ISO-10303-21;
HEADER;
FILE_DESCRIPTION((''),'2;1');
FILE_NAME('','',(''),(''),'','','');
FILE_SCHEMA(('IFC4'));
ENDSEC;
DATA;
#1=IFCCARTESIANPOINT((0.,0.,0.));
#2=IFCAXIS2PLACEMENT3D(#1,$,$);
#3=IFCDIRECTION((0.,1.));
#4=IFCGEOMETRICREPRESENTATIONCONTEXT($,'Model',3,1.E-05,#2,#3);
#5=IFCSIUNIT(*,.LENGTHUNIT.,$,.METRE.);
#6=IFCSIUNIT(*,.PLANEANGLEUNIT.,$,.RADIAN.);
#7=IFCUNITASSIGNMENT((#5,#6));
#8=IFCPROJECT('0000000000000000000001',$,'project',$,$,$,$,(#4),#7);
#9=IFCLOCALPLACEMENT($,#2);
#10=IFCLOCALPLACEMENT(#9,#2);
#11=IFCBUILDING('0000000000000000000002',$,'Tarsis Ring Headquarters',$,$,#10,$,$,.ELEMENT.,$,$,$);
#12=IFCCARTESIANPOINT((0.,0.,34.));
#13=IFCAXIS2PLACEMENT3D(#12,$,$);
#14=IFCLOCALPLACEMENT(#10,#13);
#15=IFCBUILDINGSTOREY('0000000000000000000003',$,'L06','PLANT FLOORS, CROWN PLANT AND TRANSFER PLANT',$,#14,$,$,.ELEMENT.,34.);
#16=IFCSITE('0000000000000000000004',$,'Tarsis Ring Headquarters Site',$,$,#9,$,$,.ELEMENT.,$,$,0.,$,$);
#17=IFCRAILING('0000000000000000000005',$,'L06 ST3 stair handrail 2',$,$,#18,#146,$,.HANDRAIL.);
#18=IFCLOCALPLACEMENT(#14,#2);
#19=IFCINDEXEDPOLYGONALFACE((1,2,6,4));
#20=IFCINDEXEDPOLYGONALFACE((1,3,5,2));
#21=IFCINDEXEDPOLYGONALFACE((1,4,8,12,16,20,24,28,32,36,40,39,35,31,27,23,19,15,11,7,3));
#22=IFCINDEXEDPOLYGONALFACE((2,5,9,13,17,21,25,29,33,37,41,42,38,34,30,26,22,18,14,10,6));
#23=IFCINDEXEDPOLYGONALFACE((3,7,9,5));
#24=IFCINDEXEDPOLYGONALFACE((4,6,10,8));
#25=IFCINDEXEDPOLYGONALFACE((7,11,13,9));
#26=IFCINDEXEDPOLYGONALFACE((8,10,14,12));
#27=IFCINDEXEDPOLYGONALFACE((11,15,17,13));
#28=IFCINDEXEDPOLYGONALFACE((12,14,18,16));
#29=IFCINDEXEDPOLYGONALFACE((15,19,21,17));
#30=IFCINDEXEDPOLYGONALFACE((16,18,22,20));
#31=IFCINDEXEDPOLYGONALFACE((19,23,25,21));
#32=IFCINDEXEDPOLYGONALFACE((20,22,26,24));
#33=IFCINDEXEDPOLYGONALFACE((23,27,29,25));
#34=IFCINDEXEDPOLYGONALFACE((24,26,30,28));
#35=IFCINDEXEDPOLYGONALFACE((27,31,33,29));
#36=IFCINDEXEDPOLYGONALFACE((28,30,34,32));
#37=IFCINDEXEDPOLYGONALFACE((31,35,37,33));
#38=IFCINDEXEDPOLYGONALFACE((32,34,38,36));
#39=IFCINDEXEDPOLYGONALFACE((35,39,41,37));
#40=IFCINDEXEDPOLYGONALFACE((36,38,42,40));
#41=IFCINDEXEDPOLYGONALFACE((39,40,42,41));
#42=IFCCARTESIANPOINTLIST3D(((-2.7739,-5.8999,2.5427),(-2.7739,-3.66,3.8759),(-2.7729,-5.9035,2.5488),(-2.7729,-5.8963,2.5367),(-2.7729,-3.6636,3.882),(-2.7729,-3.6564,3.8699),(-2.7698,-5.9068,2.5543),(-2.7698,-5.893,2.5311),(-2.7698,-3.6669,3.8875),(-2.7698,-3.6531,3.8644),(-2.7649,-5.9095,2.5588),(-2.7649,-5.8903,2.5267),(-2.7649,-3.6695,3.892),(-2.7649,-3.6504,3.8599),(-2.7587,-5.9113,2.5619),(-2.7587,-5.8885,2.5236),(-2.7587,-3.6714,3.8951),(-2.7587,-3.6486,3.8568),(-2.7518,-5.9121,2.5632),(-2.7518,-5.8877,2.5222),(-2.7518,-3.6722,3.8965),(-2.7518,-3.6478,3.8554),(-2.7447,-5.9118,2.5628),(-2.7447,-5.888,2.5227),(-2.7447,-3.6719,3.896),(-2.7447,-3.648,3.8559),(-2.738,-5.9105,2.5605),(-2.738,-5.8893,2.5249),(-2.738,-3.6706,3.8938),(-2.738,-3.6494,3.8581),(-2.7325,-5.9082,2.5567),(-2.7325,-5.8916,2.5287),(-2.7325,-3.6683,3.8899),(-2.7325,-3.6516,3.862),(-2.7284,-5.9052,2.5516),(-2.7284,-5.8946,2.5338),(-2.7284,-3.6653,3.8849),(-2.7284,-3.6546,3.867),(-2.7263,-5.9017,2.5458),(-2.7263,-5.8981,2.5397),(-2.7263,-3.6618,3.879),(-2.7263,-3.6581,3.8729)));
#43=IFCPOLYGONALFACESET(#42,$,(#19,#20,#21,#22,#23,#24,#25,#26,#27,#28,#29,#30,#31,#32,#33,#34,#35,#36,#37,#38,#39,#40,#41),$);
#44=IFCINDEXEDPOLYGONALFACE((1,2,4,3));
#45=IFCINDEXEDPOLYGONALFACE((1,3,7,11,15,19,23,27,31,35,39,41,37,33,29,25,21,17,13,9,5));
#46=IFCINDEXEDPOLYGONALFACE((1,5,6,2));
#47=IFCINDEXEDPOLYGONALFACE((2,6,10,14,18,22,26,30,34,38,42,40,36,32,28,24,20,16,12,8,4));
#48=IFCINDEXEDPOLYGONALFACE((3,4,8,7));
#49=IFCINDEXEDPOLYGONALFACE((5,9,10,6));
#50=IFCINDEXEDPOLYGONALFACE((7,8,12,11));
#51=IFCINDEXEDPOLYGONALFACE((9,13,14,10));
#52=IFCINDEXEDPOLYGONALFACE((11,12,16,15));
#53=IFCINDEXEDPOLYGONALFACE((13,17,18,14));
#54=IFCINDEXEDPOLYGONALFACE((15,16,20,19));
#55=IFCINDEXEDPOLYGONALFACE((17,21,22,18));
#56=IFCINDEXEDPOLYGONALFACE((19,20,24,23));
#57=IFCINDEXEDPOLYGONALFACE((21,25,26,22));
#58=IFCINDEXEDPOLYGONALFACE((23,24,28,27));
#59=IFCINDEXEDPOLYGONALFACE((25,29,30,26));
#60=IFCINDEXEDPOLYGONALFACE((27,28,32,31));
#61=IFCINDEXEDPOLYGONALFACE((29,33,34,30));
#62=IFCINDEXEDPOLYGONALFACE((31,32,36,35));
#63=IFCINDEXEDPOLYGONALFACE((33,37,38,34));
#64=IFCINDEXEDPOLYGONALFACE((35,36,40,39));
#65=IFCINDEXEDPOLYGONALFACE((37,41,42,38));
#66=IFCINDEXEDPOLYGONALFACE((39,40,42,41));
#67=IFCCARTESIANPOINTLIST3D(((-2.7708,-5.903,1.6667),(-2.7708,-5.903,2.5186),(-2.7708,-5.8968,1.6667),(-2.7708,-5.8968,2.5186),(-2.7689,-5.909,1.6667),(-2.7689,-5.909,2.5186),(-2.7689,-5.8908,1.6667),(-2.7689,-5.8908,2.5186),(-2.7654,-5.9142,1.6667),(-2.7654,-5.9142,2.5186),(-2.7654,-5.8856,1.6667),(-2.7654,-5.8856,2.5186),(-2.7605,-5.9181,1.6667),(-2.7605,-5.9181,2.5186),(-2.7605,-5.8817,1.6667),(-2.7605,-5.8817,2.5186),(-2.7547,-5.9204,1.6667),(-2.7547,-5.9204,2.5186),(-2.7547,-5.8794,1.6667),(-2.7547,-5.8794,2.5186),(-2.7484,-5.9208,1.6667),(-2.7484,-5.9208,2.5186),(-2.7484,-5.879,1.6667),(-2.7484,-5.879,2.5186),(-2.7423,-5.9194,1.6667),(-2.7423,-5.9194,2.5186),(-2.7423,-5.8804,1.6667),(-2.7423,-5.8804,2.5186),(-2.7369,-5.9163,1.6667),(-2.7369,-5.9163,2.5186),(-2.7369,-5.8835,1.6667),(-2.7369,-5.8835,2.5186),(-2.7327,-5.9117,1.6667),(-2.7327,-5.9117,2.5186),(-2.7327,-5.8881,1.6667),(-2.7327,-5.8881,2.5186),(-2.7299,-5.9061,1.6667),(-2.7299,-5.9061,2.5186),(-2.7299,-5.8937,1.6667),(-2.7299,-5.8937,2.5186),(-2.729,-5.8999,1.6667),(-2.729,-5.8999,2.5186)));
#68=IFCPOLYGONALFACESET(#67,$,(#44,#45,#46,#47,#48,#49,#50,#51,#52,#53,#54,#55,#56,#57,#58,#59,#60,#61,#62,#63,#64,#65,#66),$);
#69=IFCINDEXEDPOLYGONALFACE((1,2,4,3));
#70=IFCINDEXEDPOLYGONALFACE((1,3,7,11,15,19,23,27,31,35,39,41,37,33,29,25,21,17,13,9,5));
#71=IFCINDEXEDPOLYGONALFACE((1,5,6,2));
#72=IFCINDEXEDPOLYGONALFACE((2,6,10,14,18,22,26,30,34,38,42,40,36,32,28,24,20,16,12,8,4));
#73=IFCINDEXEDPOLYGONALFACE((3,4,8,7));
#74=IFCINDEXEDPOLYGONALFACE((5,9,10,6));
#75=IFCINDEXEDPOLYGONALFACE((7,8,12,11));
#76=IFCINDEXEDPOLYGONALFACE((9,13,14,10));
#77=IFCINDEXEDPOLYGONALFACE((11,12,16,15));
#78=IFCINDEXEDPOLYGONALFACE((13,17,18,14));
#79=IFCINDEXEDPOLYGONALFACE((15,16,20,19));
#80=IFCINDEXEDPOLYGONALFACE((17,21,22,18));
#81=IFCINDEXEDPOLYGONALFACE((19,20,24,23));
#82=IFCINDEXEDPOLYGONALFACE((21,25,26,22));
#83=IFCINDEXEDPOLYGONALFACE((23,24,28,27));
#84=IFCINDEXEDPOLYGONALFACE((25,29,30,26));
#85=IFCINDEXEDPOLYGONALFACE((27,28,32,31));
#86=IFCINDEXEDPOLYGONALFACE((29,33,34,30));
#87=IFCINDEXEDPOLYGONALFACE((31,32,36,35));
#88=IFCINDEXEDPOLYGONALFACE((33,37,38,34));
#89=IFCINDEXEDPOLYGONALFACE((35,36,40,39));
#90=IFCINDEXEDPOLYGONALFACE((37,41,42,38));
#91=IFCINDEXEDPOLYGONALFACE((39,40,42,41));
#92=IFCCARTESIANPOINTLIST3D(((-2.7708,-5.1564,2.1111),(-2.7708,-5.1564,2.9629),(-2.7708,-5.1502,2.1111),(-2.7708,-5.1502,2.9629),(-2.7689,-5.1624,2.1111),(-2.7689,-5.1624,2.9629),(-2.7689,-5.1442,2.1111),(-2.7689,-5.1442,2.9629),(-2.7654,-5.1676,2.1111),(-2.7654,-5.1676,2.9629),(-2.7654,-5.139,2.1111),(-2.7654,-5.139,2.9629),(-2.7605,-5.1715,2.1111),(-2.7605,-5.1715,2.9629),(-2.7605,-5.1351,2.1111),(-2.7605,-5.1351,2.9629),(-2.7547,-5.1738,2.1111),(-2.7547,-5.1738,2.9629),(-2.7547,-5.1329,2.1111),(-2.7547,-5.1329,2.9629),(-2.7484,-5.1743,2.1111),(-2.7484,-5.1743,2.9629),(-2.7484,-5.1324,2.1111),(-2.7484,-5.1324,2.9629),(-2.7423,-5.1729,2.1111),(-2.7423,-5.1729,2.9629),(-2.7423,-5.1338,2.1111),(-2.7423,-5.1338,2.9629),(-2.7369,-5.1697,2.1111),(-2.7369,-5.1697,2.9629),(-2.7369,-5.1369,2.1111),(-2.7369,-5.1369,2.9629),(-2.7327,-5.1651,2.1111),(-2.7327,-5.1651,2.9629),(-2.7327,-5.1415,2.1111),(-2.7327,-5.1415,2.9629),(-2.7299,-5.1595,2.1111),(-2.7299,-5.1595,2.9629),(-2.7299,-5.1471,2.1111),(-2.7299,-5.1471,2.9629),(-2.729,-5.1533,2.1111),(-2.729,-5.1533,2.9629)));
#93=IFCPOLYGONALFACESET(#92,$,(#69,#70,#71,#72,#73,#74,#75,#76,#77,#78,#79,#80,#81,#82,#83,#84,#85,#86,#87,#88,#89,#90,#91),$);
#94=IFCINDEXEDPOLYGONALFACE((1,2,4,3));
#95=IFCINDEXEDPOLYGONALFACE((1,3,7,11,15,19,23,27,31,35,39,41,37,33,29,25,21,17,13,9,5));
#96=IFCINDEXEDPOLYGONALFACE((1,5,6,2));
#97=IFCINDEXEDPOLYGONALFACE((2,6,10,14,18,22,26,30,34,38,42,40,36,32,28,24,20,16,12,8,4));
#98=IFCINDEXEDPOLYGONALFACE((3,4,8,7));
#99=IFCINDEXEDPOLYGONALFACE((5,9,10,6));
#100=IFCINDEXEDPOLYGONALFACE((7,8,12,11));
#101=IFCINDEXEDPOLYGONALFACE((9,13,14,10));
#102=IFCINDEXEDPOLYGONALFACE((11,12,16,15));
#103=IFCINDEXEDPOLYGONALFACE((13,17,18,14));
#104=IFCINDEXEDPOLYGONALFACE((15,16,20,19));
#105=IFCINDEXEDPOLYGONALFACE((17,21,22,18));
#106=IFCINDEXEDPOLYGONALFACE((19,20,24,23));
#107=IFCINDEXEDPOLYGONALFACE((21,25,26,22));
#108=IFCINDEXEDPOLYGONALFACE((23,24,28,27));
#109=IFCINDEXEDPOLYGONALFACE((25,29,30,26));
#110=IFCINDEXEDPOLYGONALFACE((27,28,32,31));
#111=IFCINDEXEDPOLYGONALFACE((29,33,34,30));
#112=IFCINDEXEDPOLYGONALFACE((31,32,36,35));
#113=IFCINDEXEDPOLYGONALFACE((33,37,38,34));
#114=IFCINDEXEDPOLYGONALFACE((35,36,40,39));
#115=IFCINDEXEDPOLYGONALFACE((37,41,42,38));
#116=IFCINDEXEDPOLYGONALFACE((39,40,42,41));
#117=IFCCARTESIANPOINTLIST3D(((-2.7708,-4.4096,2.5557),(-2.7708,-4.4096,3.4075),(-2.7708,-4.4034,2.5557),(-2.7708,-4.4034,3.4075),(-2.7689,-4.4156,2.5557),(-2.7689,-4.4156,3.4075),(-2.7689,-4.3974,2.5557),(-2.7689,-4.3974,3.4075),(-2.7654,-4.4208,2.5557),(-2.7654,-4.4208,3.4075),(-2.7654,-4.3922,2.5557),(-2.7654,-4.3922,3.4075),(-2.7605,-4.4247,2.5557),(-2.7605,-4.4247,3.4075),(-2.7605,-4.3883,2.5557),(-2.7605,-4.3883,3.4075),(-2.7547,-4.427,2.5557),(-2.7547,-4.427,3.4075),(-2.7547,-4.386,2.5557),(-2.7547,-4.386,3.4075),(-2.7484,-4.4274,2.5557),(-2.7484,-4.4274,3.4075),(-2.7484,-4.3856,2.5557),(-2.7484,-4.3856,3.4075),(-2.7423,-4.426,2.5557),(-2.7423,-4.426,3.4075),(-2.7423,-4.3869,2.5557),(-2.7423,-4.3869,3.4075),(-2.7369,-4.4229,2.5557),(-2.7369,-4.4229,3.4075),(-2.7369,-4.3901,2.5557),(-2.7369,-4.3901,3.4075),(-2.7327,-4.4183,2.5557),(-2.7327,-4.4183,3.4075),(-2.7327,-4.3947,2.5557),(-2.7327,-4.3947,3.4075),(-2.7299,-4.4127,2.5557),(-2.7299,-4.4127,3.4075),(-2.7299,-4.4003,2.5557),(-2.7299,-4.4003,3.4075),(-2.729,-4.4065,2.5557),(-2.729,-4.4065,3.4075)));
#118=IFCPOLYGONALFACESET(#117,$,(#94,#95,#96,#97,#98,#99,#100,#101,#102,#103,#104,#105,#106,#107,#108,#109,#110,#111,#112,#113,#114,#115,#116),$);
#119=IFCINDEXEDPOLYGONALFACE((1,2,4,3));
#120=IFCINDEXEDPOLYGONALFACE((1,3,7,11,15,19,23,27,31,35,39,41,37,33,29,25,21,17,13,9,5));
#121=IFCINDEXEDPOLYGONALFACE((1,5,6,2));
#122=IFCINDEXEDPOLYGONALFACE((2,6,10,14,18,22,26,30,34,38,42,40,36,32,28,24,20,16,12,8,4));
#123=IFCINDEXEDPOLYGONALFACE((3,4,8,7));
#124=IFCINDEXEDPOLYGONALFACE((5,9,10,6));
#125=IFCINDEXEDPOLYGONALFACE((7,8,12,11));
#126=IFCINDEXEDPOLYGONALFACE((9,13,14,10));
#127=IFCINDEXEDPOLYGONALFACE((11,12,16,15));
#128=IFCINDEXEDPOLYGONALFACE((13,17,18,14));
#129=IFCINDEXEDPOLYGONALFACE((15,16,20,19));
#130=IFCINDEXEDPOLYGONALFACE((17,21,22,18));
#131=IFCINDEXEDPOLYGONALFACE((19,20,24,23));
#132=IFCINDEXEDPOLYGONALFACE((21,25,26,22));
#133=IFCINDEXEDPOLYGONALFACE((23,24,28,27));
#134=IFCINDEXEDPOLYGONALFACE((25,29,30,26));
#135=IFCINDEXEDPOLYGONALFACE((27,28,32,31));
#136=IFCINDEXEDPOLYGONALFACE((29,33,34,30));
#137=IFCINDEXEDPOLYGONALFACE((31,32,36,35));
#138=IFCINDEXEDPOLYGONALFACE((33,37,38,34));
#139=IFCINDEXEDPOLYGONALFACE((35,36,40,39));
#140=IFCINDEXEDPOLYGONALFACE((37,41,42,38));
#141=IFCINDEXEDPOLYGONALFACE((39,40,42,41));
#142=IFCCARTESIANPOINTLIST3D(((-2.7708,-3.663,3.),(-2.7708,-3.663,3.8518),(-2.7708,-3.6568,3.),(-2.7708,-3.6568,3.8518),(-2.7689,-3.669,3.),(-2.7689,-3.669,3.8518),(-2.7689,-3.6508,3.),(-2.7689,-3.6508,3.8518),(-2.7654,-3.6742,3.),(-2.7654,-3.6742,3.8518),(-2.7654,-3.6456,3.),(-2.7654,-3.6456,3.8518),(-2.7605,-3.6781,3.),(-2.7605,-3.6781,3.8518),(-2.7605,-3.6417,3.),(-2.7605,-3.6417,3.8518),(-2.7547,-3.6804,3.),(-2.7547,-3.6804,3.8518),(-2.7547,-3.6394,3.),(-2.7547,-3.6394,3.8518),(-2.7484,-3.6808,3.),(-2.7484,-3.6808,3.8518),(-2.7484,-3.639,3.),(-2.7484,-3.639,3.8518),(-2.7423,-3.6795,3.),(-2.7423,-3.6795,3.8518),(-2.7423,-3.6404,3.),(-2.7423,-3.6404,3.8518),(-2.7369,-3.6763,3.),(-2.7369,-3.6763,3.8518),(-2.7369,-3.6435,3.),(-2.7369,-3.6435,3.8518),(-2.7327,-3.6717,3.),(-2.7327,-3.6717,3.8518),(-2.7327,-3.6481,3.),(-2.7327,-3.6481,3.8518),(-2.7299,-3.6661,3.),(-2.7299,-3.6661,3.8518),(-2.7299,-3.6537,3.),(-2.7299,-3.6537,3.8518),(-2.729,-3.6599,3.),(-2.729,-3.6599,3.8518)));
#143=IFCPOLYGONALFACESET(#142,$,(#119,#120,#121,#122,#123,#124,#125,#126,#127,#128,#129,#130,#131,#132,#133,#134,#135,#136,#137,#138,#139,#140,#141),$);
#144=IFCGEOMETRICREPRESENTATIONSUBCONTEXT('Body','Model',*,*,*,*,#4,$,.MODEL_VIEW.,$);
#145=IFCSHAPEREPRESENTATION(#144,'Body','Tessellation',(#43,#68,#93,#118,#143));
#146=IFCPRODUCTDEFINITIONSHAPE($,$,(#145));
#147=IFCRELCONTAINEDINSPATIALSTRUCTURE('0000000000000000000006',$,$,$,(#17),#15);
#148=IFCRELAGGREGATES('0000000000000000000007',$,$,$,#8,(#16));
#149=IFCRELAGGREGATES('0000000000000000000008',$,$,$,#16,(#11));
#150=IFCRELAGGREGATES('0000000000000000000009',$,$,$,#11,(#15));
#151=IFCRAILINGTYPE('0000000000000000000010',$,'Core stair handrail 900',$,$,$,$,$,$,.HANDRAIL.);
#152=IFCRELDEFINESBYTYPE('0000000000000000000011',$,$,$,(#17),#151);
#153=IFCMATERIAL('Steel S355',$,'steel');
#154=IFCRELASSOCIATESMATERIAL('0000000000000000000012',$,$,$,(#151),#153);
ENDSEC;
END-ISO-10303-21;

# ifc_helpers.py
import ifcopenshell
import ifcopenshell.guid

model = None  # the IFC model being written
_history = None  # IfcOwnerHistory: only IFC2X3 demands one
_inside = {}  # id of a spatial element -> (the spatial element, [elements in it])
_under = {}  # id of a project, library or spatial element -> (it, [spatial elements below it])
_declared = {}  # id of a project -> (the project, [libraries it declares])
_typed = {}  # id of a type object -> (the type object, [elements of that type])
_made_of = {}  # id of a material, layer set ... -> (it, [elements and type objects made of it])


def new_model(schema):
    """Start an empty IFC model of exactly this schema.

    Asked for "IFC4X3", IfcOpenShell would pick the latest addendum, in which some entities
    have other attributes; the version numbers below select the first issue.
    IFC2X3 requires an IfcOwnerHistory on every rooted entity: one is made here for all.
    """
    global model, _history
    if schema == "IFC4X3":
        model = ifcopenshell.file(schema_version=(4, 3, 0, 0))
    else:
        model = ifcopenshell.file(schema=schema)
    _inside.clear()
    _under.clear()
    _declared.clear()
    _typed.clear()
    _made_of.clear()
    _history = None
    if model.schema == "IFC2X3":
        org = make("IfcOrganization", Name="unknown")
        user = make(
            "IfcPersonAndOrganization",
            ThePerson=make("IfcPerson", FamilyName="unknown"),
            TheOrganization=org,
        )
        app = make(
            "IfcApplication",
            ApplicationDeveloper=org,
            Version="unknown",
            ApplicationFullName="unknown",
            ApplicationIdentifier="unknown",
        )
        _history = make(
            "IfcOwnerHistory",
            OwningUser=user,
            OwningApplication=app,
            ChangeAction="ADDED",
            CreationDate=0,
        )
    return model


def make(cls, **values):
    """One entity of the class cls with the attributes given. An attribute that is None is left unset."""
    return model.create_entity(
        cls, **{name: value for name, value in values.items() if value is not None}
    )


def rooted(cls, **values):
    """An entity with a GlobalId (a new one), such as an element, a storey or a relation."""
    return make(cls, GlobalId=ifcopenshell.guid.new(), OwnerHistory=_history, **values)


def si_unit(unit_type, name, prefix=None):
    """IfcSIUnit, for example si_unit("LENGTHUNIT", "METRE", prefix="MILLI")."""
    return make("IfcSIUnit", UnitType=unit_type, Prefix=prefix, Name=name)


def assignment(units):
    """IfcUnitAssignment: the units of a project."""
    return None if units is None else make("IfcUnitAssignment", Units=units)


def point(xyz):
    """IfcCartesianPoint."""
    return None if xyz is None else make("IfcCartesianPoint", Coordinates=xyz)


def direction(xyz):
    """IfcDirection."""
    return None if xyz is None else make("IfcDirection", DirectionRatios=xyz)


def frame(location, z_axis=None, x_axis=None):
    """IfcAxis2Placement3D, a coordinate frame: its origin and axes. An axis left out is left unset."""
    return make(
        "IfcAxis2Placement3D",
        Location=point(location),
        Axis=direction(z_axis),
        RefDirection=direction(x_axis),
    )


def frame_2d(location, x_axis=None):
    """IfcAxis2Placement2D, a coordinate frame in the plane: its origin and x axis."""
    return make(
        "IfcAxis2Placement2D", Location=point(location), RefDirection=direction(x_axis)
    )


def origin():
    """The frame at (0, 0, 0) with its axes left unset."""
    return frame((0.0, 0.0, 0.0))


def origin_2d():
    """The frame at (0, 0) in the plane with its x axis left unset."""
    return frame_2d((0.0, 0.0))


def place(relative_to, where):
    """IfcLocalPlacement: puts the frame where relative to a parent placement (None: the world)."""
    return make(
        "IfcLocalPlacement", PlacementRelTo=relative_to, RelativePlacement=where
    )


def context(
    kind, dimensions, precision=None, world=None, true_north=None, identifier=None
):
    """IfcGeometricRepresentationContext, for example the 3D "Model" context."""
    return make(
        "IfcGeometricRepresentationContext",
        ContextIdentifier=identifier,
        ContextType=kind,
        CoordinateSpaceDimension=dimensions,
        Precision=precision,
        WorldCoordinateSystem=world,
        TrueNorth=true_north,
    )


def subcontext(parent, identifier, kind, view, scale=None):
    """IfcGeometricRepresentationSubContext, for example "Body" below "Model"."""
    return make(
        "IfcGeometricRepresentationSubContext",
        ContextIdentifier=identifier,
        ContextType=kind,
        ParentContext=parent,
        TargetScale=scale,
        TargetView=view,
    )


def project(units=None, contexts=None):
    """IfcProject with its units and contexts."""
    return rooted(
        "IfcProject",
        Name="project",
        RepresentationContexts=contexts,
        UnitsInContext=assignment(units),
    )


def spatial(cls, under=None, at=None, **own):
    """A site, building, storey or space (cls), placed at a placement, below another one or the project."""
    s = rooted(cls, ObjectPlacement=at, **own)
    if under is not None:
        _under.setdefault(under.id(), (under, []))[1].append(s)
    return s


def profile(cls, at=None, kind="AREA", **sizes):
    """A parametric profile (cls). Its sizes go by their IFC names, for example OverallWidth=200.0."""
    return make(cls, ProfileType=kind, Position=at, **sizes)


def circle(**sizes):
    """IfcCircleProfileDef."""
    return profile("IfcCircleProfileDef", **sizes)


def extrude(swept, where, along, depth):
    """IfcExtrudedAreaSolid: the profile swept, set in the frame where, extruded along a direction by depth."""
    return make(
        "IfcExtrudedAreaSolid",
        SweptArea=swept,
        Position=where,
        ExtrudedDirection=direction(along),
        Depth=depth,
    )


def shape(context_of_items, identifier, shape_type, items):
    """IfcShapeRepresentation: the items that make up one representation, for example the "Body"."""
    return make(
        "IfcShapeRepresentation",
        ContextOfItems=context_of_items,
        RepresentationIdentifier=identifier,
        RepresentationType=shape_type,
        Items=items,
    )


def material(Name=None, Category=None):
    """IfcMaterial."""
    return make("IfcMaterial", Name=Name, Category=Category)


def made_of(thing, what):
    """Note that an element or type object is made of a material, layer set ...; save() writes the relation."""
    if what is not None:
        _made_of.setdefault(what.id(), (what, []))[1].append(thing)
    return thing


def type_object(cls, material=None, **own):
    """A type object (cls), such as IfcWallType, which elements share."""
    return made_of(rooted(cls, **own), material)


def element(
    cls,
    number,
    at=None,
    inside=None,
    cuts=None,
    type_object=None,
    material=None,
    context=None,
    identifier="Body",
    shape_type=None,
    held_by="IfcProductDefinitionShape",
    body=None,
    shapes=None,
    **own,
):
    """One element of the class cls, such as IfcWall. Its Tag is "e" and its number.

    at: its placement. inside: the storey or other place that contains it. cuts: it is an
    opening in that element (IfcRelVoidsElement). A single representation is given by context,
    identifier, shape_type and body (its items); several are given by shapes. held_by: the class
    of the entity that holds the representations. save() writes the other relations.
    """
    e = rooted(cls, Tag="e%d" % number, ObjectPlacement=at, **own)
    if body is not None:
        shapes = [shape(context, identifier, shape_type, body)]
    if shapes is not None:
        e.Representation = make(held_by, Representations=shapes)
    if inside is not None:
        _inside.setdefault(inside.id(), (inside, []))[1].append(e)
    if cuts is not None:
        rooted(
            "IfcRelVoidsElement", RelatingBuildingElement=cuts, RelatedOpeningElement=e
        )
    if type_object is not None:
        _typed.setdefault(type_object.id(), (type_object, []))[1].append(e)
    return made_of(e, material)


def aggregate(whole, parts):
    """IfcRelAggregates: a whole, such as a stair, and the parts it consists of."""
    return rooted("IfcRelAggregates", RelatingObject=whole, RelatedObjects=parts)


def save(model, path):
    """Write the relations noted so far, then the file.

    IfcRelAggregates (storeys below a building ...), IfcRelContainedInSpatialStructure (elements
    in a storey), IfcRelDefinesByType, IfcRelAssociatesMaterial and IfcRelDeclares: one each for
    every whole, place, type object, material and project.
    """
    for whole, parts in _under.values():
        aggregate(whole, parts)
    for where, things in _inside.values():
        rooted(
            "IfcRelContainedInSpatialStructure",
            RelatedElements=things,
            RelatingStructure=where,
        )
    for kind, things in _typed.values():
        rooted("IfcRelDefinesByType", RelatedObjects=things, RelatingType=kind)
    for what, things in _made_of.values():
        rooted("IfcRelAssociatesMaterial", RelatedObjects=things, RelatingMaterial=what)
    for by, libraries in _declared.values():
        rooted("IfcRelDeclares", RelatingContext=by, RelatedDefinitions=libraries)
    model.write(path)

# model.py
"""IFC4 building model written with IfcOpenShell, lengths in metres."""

from ifc_helpers import new_model, si_unit, direction, frame, origin, origin_2d, place, context, subcontext, project, spatial, circle, extrude, material, type_object, element, save


model = new_model("IFC4")

# Units and contexts
model_context = context("Model", 3, precision=1e-05, world=origin(), true_north=direction((0.0, 1.0)))
body_context = subcontext(model_context, "Body", "Model", "MODEL_VIEW")
ifc_project = project(units=[si_unit("LENGTHUNIT", "METRE"), si_unit("PLANEANGLEUNIT", "RADIAN")], contexts=[model_context])

# Site, building, storey
site_placement = place(None, origin())
site = spatial("IfcSite", under=ifc_project, at=site_placement, Name="Tarsis Ring Headquarters Site", CompositionType="ELEMENT", RefElevation=0.0)
building_placement = place(site_placement, origin())
building = spatial("IfcBuilding", under=site, at=building_placement, Name="Tarsis Ring Headquarters", CompositionType="ELEMENT")
storey_placement = place(building_placement, frame((0.0, 0.0, 34.0)))
storey = spatial("IfcBuildingStorey", under=building, at=storey_placement, Name="L06", Description="PLANT FLOORS, CROWN PLANT AND TRANSFER PLANT", CompositionType="ELEMENT", Elevation=34.0)

# Shared definitions
ifc_material_1 = material(Name="Steel S355", Category="steel")

# Railing
railing_type_1 = type_object("IfcRailingType", Name="Core stair handrail 900", PredefinedType="HANDRAIL", material=ifc_material_1)
railing_1_placement = place(storey_placement, frame((-2.75, -5.8999, 1.6667)))
element("IfcRailing", 1, at=railing_1_placement, inside=storey, type_object=railing_type_1, Name="L06 ST3 stair handrail 2", PredefinedType="HANDRAIL", context=body_context, shape_type="SweptSolid", body=[
    extrude(circle(Radius=0.0239, at=origin_2d()), frame((0.0, 0.0, 0.876), z_axis=(0.0, 0.859306, 0.511462), x_axis=(-1.0, 0.0, 0.0)), (0.0, 0.0, 1.0), 2.6067),
    extrude(circle(Radius=0.021, at=origin_2d()), origin(), (0.0, 0.0, 1.0), 0.8518),
    extrude(circle(Radius=0.021, at=origin_2d()), frame((0.0, 0.7466, 0.4443)), (0.0, 0.0, 1.0), 0.8518),
    extrude(circle(Radius=0.021, at=origin_2d()), frame((0.0, 1.4934, 0.8889)), (0.0, 0.0, 1.0), 0.8518),
    extrude(circle(Radius=0.021, at=origin_2d()), frame((0.0, 2.24, 1.3333)), (0.0, 0.0, 1.0), 0.8518),
])

save(model, "model.ifc")
